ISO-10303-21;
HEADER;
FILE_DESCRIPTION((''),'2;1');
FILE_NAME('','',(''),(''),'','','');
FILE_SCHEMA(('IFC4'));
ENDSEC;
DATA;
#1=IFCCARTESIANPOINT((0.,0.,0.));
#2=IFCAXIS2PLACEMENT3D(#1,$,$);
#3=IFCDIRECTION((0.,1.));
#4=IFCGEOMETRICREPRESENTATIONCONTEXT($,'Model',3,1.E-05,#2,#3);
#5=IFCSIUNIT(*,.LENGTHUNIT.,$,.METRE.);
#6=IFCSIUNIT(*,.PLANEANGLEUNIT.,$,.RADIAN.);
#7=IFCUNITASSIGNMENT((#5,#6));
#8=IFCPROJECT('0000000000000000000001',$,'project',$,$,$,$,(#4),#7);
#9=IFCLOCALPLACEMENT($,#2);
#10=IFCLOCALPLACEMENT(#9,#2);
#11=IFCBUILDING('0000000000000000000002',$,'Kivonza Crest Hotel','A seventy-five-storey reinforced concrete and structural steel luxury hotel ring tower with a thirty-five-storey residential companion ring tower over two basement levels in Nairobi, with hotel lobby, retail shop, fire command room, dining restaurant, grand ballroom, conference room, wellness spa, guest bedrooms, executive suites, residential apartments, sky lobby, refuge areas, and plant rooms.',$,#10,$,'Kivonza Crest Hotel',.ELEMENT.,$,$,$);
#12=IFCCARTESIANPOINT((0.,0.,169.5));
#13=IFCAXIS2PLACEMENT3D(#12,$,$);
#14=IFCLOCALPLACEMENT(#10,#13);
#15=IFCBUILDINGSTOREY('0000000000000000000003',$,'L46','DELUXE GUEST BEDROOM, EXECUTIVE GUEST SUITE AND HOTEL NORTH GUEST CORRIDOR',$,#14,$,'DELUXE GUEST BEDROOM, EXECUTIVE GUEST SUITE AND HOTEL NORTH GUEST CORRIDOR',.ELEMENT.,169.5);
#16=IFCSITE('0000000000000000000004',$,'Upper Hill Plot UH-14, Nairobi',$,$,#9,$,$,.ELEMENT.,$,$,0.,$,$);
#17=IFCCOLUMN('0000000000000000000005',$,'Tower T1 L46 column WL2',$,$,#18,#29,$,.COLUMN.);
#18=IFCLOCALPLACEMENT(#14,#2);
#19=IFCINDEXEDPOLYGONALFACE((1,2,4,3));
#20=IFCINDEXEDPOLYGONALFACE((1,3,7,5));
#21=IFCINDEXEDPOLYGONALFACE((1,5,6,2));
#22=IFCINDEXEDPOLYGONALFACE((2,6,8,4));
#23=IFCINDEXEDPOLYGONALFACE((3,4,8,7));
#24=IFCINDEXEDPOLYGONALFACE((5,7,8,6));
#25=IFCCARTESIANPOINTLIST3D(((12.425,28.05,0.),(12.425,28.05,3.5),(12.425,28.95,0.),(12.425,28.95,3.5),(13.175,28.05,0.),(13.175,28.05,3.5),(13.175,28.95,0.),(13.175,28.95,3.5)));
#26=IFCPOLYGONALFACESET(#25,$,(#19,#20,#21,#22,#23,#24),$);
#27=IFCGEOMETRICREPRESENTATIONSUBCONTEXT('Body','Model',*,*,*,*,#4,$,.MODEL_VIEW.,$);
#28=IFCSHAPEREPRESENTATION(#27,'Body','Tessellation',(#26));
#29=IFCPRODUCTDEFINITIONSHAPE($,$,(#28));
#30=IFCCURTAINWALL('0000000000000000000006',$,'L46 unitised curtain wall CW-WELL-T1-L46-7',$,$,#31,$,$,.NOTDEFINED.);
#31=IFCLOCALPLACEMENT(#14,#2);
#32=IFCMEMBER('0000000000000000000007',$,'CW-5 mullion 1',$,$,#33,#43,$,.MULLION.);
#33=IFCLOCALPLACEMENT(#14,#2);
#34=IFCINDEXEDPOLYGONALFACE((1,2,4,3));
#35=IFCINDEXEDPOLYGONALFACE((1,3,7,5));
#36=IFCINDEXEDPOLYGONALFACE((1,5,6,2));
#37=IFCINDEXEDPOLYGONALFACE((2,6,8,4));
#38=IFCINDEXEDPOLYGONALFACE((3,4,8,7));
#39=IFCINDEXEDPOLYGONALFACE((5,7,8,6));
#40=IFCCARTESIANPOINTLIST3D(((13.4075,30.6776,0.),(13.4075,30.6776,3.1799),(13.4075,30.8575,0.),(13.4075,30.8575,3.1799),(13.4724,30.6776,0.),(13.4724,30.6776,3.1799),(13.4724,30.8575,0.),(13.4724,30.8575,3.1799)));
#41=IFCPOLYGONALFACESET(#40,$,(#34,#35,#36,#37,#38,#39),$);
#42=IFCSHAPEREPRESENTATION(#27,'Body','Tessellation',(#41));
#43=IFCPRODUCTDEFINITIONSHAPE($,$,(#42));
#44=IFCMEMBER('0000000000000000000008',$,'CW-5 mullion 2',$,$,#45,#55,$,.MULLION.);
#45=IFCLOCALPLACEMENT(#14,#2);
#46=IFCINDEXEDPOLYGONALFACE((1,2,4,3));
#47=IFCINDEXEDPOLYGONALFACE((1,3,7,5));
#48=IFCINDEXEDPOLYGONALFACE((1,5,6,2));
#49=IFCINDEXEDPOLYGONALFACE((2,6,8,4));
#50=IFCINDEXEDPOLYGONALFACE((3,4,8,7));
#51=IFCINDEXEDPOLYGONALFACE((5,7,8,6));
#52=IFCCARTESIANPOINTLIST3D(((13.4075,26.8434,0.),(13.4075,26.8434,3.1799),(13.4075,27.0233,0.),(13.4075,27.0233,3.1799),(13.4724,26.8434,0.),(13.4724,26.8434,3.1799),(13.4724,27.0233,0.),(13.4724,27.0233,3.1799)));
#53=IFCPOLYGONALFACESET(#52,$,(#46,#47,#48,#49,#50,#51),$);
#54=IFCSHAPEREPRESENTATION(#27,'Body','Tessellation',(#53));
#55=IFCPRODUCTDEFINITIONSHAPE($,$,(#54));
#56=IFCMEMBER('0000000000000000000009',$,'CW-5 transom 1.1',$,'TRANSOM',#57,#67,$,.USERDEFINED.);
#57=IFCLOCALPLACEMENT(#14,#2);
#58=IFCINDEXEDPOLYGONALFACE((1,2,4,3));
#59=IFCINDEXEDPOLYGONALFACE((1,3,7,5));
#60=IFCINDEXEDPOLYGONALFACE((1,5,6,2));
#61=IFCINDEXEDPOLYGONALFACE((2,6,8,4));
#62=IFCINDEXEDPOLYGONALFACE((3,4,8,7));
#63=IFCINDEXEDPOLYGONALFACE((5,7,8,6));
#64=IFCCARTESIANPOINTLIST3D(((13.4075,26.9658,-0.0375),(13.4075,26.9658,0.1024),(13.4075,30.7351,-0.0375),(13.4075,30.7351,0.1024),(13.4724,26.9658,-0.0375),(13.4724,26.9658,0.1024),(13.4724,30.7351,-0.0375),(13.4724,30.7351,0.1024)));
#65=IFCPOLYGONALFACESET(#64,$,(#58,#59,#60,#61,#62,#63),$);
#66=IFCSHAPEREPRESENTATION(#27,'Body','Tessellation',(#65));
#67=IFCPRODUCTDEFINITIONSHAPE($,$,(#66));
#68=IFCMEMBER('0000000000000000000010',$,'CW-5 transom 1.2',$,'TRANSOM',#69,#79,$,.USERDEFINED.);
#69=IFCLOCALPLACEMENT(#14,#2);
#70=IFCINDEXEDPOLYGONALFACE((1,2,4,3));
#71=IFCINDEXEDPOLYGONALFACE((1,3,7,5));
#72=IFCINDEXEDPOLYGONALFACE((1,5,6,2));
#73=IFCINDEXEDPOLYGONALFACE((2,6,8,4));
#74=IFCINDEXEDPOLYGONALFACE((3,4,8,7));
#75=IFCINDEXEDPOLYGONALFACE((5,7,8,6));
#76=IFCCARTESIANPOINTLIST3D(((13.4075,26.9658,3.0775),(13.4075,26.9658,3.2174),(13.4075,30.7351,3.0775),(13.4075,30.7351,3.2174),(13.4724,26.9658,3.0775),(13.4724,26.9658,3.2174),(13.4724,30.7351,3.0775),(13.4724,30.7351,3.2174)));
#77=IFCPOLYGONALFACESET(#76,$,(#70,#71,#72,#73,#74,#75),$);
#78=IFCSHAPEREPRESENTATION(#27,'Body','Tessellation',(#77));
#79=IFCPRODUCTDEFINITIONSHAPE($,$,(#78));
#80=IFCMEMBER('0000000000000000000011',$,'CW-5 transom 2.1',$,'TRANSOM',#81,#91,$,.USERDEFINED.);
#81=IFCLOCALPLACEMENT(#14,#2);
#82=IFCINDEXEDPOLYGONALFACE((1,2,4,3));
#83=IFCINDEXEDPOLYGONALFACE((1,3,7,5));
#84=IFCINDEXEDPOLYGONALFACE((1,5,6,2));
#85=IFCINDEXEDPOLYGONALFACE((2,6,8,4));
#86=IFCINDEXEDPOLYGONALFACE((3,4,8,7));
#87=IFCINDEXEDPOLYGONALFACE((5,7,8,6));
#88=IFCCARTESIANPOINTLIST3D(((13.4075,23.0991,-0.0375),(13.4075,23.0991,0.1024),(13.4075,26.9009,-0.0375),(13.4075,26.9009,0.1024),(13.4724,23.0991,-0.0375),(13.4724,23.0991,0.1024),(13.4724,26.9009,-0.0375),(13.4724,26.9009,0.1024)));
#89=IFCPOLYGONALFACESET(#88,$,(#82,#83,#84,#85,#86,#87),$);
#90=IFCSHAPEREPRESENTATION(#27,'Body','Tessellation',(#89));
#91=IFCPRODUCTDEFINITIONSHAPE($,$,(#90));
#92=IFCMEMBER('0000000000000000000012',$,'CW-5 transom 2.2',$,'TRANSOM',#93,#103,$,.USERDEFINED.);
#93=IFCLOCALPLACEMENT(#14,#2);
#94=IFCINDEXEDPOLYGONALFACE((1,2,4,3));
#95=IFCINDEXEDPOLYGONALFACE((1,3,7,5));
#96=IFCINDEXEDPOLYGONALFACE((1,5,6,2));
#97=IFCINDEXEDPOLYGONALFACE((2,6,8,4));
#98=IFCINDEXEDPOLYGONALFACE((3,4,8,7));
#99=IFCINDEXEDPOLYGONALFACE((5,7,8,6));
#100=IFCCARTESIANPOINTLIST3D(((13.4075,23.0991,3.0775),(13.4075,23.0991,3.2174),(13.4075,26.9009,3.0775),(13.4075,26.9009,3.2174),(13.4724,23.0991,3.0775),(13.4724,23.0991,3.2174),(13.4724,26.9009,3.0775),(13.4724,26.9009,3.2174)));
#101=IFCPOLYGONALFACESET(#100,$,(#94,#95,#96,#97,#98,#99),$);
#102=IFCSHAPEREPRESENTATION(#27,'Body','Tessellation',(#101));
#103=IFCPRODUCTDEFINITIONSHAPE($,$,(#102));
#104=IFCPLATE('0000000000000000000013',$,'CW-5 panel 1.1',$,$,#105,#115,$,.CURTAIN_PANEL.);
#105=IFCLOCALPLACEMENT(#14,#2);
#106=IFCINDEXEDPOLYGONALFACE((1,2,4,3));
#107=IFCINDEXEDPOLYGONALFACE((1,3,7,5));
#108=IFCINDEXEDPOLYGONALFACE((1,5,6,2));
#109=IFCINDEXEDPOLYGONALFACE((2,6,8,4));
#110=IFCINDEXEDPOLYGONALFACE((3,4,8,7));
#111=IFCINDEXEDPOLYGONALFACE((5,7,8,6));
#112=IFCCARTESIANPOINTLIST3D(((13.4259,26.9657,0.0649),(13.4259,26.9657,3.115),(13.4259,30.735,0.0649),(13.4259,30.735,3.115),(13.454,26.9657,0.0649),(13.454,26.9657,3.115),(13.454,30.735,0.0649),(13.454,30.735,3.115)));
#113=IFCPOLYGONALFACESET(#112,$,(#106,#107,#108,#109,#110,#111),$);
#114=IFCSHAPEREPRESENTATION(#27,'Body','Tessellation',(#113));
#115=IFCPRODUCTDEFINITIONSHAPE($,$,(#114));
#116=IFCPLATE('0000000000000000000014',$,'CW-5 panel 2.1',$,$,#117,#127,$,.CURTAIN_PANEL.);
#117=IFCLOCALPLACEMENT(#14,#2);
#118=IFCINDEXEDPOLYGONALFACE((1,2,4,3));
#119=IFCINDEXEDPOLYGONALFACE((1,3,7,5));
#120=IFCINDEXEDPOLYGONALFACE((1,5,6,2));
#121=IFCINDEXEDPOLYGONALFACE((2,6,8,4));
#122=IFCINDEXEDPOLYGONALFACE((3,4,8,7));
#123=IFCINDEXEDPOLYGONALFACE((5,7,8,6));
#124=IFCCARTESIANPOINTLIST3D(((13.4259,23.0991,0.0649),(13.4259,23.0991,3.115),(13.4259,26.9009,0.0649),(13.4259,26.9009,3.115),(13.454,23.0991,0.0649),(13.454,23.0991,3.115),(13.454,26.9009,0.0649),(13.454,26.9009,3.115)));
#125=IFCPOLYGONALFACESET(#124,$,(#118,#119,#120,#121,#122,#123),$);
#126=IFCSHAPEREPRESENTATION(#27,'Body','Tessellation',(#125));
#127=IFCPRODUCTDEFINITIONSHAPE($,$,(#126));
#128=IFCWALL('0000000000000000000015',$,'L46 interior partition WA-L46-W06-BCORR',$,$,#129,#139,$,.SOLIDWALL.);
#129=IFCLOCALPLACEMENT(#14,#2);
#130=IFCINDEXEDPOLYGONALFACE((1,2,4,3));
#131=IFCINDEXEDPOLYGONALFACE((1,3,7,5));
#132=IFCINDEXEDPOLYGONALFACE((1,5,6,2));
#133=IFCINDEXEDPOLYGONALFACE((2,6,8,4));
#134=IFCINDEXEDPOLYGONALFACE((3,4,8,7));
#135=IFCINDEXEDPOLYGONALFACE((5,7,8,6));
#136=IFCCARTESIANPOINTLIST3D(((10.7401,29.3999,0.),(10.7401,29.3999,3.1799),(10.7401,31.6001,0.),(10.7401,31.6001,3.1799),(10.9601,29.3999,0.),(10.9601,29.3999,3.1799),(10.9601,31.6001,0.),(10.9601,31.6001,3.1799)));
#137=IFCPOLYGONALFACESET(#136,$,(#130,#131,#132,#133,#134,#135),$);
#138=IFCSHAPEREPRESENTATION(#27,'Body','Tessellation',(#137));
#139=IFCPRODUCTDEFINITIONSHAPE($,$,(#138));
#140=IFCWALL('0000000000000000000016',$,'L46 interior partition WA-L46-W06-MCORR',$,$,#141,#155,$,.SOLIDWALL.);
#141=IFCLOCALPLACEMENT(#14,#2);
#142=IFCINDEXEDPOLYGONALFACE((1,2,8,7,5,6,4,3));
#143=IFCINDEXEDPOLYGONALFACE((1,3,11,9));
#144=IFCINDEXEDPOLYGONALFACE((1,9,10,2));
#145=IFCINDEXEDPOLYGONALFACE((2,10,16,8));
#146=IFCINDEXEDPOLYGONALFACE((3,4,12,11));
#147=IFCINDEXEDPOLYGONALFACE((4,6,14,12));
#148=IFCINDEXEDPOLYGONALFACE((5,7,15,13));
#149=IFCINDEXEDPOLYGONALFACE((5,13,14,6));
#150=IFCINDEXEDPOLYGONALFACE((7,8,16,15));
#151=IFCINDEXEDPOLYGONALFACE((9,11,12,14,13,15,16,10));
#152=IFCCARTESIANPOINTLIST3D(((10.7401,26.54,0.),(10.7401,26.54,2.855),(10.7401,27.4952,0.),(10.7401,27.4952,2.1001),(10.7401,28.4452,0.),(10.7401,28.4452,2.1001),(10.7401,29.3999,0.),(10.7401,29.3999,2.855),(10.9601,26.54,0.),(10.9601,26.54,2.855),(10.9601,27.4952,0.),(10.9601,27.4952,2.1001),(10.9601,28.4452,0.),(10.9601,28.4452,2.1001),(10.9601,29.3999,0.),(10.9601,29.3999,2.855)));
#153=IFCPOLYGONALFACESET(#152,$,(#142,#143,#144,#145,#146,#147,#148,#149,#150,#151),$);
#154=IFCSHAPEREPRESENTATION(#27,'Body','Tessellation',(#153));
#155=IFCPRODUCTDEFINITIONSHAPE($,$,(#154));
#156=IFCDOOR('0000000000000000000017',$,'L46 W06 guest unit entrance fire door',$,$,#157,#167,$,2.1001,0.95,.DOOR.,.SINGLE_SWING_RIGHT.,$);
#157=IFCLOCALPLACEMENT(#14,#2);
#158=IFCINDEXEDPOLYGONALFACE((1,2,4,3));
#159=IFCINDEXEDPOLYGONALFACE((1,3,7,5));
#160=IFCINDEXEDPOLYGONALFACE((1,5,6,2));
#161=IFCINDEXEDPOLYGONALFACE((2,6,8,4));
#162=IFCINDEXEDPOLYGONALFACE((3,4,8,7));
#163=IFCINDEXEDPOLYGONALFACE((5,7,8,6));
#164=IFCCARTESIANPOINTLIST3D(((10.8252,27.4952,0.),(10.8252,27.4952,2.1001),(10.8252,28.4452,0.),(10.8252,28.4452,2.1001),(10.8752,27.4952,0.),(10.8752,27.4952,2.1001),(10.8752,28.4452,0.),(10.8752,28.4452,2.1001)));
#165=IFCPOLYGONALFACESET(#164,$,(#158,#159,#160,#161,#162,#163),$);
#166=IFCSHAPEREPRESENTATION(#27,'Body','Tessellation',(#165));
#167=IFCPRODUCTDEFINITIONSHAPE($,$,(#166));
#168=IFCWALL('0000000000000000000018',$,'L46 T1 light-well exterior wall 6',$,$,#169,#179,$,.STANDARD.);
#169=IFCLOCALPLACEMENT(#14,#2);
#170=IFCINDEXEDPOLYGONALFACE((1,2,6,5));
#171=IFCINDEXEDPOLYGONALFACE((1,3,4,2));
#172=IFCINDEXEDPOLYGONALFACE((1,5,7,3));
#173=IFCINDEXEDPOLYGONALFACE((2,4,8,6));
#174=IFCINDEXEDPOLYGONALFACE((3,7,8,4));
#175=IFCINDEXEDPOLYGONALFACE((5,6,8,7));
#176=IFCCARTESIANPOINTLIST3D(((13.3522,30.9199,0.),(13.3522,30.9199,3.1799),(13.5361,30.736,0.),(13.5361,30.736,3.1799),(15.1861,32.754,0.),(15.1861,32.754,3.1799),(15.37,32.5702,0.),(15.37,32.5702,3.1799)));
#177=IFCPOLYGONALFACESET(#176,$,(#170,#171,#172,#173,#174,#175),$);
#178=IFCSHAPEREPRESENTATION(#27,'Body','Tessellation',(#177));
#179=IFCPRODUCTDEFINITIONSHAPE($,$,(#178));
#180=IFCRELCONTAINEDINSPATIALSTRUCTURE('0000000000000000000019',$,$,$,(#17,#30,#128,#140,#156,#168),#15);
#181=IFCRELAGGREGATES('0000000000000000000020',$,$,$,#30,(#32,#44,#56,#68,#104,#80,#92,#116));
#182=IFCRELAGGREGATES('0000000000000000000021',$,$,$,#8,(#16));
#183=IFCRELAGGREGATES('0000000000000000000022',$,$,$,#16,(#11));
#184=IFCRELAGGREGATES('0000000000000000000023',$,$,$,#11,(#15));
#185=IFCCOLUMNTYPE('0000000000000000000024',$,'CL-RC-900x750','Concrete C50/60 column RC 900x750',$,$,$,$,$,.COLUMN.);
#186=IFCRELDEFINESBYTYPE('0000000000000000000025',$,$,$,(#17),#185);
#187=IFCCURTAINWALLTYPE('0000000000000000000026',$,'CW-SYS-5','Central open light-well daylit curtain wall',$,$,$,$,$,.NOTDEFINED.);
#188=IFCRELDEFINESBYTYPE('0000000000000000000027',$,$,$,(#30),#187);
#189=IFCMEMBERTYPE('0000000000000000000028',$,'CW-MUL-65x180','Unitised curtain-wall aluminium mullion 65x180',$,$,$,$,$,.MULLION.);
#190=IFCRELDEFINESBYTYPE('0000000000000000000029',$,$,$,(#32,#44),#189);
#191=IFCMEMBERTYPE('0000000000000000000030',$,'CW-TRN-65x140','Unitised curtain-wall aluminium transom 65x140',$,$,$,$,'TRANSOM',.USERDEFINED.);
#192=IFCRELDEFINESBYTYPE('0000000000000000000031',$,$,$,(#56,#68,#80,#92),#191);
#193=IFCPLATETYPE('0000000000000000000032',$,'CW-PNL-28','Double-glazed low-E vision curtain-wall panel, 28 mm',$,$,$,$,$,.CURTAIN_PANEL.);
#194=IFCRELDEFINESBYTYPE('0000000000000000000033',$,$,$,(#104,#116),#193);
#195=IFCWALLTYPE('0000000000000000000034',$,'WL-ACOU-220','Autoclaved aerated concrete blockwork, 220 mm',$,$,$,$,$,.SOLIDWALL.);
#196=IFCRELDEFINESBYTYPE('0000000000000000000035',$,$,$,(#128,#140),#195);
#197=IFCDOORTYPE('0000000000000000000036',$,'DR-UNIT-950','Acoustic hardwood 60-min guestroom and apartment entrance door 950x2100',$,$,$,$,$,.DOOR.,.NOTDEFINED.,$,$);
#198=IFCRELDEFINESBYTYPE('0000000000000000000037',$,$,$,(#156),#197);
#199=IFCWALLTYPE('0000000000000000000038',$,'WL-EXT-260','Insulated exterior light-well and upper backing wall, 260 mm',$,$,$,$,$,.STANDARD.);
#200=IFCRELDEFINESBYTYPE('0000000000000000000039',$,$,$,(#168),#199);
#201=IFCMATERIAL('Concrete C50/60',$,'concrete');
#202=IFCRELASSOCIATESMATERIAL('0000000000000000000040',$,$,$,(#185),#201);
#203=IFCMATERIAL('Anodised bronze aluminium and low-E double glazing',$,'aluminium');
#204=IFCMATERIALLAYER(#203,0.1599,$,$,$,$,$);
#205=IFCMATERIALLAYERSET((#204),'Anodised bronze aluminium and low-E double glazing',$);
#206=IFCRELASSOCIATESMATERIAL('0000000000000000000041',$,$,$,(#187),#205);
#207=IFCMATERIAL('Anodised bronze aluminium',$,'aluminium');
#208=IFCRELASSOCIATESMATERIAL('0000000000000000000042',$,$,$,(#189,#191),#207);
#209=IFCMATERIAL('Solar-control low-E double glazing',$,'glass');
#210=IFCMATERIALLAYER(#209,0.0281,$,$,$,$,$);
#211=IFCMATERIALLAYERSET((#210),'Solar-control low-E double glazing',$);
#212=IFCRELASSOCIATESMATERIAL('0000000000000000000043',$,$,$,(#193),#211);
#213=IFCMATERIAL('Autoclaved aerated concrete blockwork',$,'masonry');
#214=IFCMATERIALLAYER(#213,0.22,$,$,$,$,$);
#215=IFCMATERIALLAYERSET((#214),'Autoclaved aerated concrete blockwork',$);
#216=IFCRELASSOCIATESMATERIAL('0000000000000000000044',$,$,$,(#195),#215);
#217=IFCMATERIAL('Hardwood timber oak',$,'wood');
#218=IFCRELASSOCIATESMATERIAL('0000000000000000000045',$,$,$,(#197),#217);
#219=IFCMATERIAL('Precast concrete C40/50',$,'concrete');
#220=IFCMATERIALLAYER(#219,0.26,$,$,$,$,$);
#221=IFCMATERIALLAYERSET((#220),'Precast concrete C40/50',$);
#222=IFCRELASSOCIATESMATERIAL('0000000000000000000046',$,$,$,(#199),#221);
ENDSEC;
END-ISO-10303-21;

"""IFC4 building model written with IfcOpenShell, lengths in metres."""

from ifc_helpers import new_model, si_unit, direction, frame, frame_2d, origin, origin_2d, place, context, subcontext, project, spatial, rectangle, extrude, material, layer, layer_set, material_profile, profile_set, type_object, element, fill, aggregate, save


model = new_model("IFC4")

# Units and contexts
model_context = context("Model", 3, precision=1e-05, world=origin(), true_north=direction((0.0, 1.0)))
body_context = subcontext(model_context, "Body", "Model", "MODEL_VIEW")
ifc_project = project(units=[si_unit("LENGTHUNIT", "METRE"), si_unit("PLANEANGLEUNIT", "RADIAN")], contexts=[model_context])

# Site, building, storey
site_placement = place(None, origin())
site = spatial("IfcSite", under=ifc_project, at=site_placement, Name="Upper Hill Plot UH-14, Nairobi", CompositionType="ELEMENT", RefElevation=0.0)
building_placement = place(site_placement, origin())
building = spatial("IfcBuilding", under=site, at=building_placement, Name="Kivonza Crest Hotel", Description="A seventy-five-storey reinforced concrete and structural steel luxury hotel ring tower with a thirty-five-storey residential companion ring tower over two basement levels in Nairobi, with hotel lobby, retail shop, fire command room, dining restaurant, grand ballroom, conference room, wellness spa, guest bedrooms, executive suites, residential apartments, sky lobby, refuge areas, and plant rooms.", LongName="Kivonza Crest Hotel", CompositionType="ELEMENT")
storey_placement = place(building_placement, frame((0.0, 0.0, 169.5)))
storey = spatial("IfcBuildingStorey", under=building, at=storey_placement, Name="L46", Description="DELUXE GUEST BEDROOM, EXECUTIVE GUEST SUITE AND HOTEL NORTH GUEST CORRIDOR", LongName="DELUXE GUEST BEDROOM, EXECUTIVE GUEST SUITE AND HOTEL NORTH GUEST CORRIDOR", CompositionType="ELEMENT", Elevation=169.5)

# Column
ifc_material_1 = material(Name="Concrete C50/60", Category="concrete")
ifc_material_profile_1 = material_profile(ifc_material_1, rectangle(XDim=0.75, YDim=0.8999, at=origin_2d()), Name="RC 900x750")
ifc_profile_set_1 = profile_set([ifc_material_profile_1], Name="Concrete C50/60")
column_type = type_object("IfcColumnType", Name="CL-RC-900x750", Description="Concrete C50/60 column RC 900x750", PredefinedType="COLUMN", material=ifc_profile_set_1)
column_placement = place(storey_placement, frame((12.8, 28.5, 0.0), z_axis=(0.0, 0.0, 1.0), x_axis=(1.0, 0.0, 0.0)))
element("IfcColumn", 1, at=column_placement, inside=storey, type_object=column_type, Name="Tower T1 L46 column WL2", PredefinedType="COLUMN", context=body_context, shape_type="SweptSolid", body=[
    extrude(rectangle(XDim=0.75, YDim=0.8999, at=origin_2d()), origin(), (0.0, 0.0, 1.0), 3.5),
])

# Curtain wall, members, plates
ifc_material_2 = material(Name="Anodised bronze aluminium and low-E double glazing", Category="aluminium")
ifc_layer_1 = layer(ifc_material_2, 0.1599)
ifc_layer_set_1 = layer_set([ifc_layer_1], Name="Anodised bronze aluminium and low-E double glazing")
curtain_wall_type = type_object("IfcCurtainWallType", Name="CW-SYS-5", Description="Central open light-well daylit curtain wall", PredefinedType="NOTDEFINED", material=ifc_layer_set_1)
curtain_wall_placement = place(storey_placement, origin())
curtain_wall = element("IfcCurtainWall", 2, at=curtain_wall_placement, inside=storey, type_object=curtain_wall_type, Name="L46 unitised curtain wall CW-WELL-T1-L46-7", PredefinedType="NOTDEFINED")
ifc_material_3 = material(Name="Anodised bronze aluminium", Category="aluminium")
ifc_material_profile_2 = material_profile(ifc_material_3, rectangle(XDim=0.0649, YDim=0.1799, at=origin_2d()), Name="CW-M 65x180")
ifc_profile_set_2 = profile_set([ifc_material_profile_2], Name="Anodised bronze aluminium")
member_type_1 = type_object("IfcMemberType", Name="CW-MUL-65x180", Description="Unitised curtain-wall aluminium mullion 65x180", PredefinedType="MULLION", material=ifc_profile_set_2)
member_1_placement = place(storey_placement, frame((13.4399, 30.7676, 0.0), z_axis=(0.0, 0.0, 1.0), x_axis=(1.0, 0.0, 0.0)))
member_1 = element("IfcMember", 3, at=member_1_placement, type_object=member_type_1, Name="CW-5 mullion 1", PredefinedType="MULLION", context=body_context, shape_type="SweptSolid", body=[
    extrude(rectangle(XDim=0.0649, YDim=0.1799, at=origin_2d()), origin(), (0.0, 0.0, 1.0), 3.1799),
])
member_2_placement = place(storey_placement, frame((13.4399, 26.9333, 0.0), z_axis=(0.0, 0.0, 1.0), x_axis=(1.0, 0.0, 0.0)))
member_2 = element("IfcMember", 4, at=member_2_placement, type_object=member_type_1, Name="CW-5 mullion 2", PredefinedType="MULLION", context=body_context, shape_type="SweptSolid", body=[
    extrude(rectangle(XDim=0.0649, YDim=0.1799, at=origin_2d()), origin(), (0.0, 0.0, 1.0), 3.1799),
])
ifc_material_profile_3 = material_profile(ifc_material_3, rectangle(XDim=0.0649, YDim=0.1399, at=origin_2d()), Name="CW-T 65x140")
ifc_profile_set_3 = profile_set([ifc_material_profile_3], Name="Anodised bronze aluminium")
member_type_2 = type_object("IfcMemberType", Name="CW-TRN-65x140", Description="Unitised curtain-wall aluminium transom 65x140", ElementType="TRANSOM", PredefinedType="USERDEFINED", material=ifc_profile_set_3)
member_3_placement = place(storey_placement, frame((13.4399, 30.7351, 0.0325), z_axis=(0.0, -1.0, 0.0), x_axis=(1.0, 0.0, 0.0)))
member_3 = element("IfcMember", 5, at=member_3_placement, type_object=member_type_2, Name="CW-5 transom 1.1", ObjectType="TRANSOM", PredefinedType="USERDEFINED", context=body_context, shape_type="SweptSolid", body=[
    extrude(rectangle(XDim=0.0649, YDim=0.1399, at=origin_2d()), origin(), (0.0, 0.0, 1.0), 3.7693),
])
member_4_placement = place(storey_placement, frame((13.4399, 30.7351, 3.1475), z_axis=(0.0, -1.0, 0.0), x_axis=(1.0, 0.0, 0.0)))
member_4 = element("IfcMember", 6, at=member_4_placement, type_object=member_type_2, Name="CW-5 transom 1.2", ObjectType="TRANSOM", PredefinedType="USERDEFINED", context=body_context, shape_type="SweptSolid", body=[
    extrude(rectangle(XDim=0.0649, YDim=0.1399, at=origin_2d()), origin(), (0.0, 0.0, 1.0), 3.7693),
])
member_5_placement = place(storey_placement, frame((13.4399, 26.9009, 0.0325), z_axis=(0.0, -1.0, 0.0), x_axis=(1.0, 0.0, 0.0)))
member_5 = element("IfcMember", 7, at=member_5_placement, type_object=member_type_2, Name="CW-5 transom 2.1", ObjectType="TRANSOM", PredefinedType="USERDEFINED", context=body_context, shape_type="SweptSolid", body=[
    extrude(rectangle(XDim=0.0649, YDim=0.1399, at=origin_2d()), origin(), (0.0, 0.0, 1.0), 3.8018),
])
member_6_placement = place(storey_placement, frame((13.4399, 26.9009, 3.1475), z_axis=(0.0, -1.0, 0.0), x_axis=(1.0, 0.0, 0.0)))
member_6 = element("IfcMember", 8, at=member_6_placement, type_object=member_type_2, Name="CW-5 transom 2.2", ObjectType="TRANSOM", PredefinedType="USERDEFINED", context=body_context, shape_type="SweptSolid", body=[
    extrude(rectangle(XDim=0.0649, YDim=0.1399, at=origin_2d()), origin(), (0.0, 0.0, 1.0), 3.8018),
])
ifc_material_4 = material(Name="Solar-control low-E double glazing", Category="glass")
ifc_layer_2 = layer(ifc_material_4, 0.0281)
ifc_layer_set_2 = layer_set([ifc_layer_2], Name="Solar-control low-E double glazing")
plate_type = type_object("IfcPlateType", Name="CW-PNL-28", Description="Double-glazed low-E vision curtain-wall panel, 28 mm", PredefinedType="CURTAIN_PANEL", material=ifc_layer_set_2)
plate_1_placement = place(storey_placement, frame((13.4399, 28.8503, 0.0649), z_axis=(0.0, 0.0, 1.0), x_axis=(0.0, -1.0, 0.0)))
plate_1 = element("IfcPlate", 9, at=plate_1_placement, type_object=plate_type, Name="CW-5 panel 1.1", PredefinedType="CURTAIN_PANEL", context=body_context, shape_type="SweptSolid", body=[
    extrude(rectangle(XDim=3.7693, YDim=0.0281, at=origin_2d()), origin(), (0.0, 0.0, 1.0), 3.05),
])
plate_2_placement = place(storey_placement, frame((13.4399, 25.0, 0.0649), z_axis=(0.0, 0.0, 1.0), x_axis=(0.0, -1.0, 0.0)))
plate_2 = element("IfcPlate", 10, at=plate_2_placement, type_object=plate_type, Name="CW-5 panel 2.1", PredefinedType="CURTAIN_PANEL", context=body_context, shape_type="SweptSolid", body=[
    extrude(rectangle(XDim=3.8018, YDim=0.0281, at=origin_2d()), origin(), (0.0, 0.0, 1.0), 3.05),
])
aggregate(curtain_wall, [member_1, member_2, member_3, member_4, plate_1, member_5, member_6, plate_2])

# Wall
ifc_material_5 = material(Name="Autoclaved aerated concrete blockwork", Category="masonry")
ifc_layer_3 = layer(ifc_material_5, 0.22)
ifc_layer_set_3 = layer_set([ifc_layer_3], Name="Autoclaved aerated concrete blockwork")
wall_type_1 = type_object("IfcWallType", Name="WL-ACOU-220", Description="Autoclaved aerated concrete blockwork, 220 mm", PredefinedType="SOLIDWALL", material=ifc_layer_set_3)
wall_1_placement = place(storey_placement, frame((10.8501, 29.3999, 0.0), z_axis=(0.0, 0.0, 1.0), x_axis=(0.0, 1.0, 0.0)))
element("IfcWall", 11, at=wall_1_placement, inside=storey, type_object=wall_type_1, Name="L46 interior partition WA-L46-W06-BCORR", PredefinedType="SOLIDWALL", context=body_context, shape_type="SweptSolid", body=[
    extrude(rectangle(XDim=2.2002, YDim=0.22, at=frame_2d((1.1001, 0.0))), origin(), (0.0, 0.0, 1.0), 3.1799),
])

# Wall, opening, door
wall_2_placement = place(storey_placement, frame((10.8501, 26.54, 0.0), z_axis=(0.0, 0.0, 1.0), x_axis=(0.0, 1.0, 0.0)))
wall_2 = element("IfcWall", 12, at=wall_2_placement, inside=storey, type_object=wall_type_1, Name="L46 interior partition WA-L46-W06-MCORR", PredefinedType="SOLIDWALL", context=body_context, shape_type="SweptSolid", body=[
    extrude(rectangle(XDim=2.8599, YDim=0.22, at=frame_2d((1.4299, 0.0))), origin(), (0.0, 0.0, 1.0), 2.855),
])
opening_1_placement = place(wall_2_placement, frame((0.9551, 0.0, 0.0)))
opening_1 = element("IfcOpeningElement", 13, at=opening_1_placement, cuts=wall_2, PredefinedType="OPENING", context=body_context, shape_type="SweptSolid", body=[
    extrude(rectangle(XDim=0.95, YDim=2.1001, at=frame_2d((0.4751, 1.05))), frame((0.0, 0.1201, 0.0), z_axis=(0.0, -1.0, 0.0), x_axis=(1.0, 0.0, 0.0)), (0.0, 0.0, 1.0), 0.24),
])
ifc_material_6 = material(Name="Hardwood timber oak", Category="wood")
door_type_1 = type_object("IfcDoorType", Name="DR-UNIT-950", Description="Acoustic hardwood 60-min guestroom and apartment entrance door 950x2100", OperationType="NOTDEFINED", PredefinedType="DOOR", material=ifc_material_6)
door_1_placement = place(opening_1_placement, origin())
door_1 = element("IfcDoor", 14, at=door_1_placement, inside=storey, type_object=door_type_1, Name="L46 W06 guest unit entrance fire door", OperationType="SINGLE_SWING_RIGHT", OverallHeight=2.1001, OverallWidth=0.95, PredefinedType="DOOR", context=body_context, shape_type="SweptSolid", body=[
    extrude(rectangle(XDim=0.95, YDim=2.1001, at=frame_2d((0.4751, 1.05))), frame((0.0, 0.0249, 0.0), z_axis=(0.0, -1.0, 0.0), x_axis=(1.0, 0.0, 0.0)), (0.0, 0.0, 1.0), 0.05),
])
fill(opening_1, door_1)

# Wall
ifc_material_7 = material(Name="Precast concrete C40/50", Category="concrete")
ifc_layer_4 = layer(ifc_material_7, 0.26)
ifc_layer_set_4 = layer_set([ifc_layer_4], Name="Precast concrete C40/50")
wall_type_2 = type_object("IfcWallType", Name="WL-EXT-260", Description="Insulated exterior light-well and upper backing wall, 260 mm", PredefinedType="STANDARD", material=ifc_layer_set_4)
wall_3_placement = place(storey_placement, frame((15.2781, 32.6621, 0.0), z_axis=(0.0, 0.0, 1.0), x_axis=(-0.70706, -0.707154, 0.0)))
element("IfcWall", 15, at=wall_3_placement, inside=storey, type_object=wall_type_2, Name="L46 T1 light-well exterior wall 6", PredefinedType="STANDARD", context=body_context, shape_type="SweptSolid", body=[
    extrude(rectangle(XDim=2.5938, YDim=0.26, at=frame_2d((1.2969, 0.0))), origin(), (0.0, 0.0, 1.0), 3.1799),
])

save(model, "model.ifc")
